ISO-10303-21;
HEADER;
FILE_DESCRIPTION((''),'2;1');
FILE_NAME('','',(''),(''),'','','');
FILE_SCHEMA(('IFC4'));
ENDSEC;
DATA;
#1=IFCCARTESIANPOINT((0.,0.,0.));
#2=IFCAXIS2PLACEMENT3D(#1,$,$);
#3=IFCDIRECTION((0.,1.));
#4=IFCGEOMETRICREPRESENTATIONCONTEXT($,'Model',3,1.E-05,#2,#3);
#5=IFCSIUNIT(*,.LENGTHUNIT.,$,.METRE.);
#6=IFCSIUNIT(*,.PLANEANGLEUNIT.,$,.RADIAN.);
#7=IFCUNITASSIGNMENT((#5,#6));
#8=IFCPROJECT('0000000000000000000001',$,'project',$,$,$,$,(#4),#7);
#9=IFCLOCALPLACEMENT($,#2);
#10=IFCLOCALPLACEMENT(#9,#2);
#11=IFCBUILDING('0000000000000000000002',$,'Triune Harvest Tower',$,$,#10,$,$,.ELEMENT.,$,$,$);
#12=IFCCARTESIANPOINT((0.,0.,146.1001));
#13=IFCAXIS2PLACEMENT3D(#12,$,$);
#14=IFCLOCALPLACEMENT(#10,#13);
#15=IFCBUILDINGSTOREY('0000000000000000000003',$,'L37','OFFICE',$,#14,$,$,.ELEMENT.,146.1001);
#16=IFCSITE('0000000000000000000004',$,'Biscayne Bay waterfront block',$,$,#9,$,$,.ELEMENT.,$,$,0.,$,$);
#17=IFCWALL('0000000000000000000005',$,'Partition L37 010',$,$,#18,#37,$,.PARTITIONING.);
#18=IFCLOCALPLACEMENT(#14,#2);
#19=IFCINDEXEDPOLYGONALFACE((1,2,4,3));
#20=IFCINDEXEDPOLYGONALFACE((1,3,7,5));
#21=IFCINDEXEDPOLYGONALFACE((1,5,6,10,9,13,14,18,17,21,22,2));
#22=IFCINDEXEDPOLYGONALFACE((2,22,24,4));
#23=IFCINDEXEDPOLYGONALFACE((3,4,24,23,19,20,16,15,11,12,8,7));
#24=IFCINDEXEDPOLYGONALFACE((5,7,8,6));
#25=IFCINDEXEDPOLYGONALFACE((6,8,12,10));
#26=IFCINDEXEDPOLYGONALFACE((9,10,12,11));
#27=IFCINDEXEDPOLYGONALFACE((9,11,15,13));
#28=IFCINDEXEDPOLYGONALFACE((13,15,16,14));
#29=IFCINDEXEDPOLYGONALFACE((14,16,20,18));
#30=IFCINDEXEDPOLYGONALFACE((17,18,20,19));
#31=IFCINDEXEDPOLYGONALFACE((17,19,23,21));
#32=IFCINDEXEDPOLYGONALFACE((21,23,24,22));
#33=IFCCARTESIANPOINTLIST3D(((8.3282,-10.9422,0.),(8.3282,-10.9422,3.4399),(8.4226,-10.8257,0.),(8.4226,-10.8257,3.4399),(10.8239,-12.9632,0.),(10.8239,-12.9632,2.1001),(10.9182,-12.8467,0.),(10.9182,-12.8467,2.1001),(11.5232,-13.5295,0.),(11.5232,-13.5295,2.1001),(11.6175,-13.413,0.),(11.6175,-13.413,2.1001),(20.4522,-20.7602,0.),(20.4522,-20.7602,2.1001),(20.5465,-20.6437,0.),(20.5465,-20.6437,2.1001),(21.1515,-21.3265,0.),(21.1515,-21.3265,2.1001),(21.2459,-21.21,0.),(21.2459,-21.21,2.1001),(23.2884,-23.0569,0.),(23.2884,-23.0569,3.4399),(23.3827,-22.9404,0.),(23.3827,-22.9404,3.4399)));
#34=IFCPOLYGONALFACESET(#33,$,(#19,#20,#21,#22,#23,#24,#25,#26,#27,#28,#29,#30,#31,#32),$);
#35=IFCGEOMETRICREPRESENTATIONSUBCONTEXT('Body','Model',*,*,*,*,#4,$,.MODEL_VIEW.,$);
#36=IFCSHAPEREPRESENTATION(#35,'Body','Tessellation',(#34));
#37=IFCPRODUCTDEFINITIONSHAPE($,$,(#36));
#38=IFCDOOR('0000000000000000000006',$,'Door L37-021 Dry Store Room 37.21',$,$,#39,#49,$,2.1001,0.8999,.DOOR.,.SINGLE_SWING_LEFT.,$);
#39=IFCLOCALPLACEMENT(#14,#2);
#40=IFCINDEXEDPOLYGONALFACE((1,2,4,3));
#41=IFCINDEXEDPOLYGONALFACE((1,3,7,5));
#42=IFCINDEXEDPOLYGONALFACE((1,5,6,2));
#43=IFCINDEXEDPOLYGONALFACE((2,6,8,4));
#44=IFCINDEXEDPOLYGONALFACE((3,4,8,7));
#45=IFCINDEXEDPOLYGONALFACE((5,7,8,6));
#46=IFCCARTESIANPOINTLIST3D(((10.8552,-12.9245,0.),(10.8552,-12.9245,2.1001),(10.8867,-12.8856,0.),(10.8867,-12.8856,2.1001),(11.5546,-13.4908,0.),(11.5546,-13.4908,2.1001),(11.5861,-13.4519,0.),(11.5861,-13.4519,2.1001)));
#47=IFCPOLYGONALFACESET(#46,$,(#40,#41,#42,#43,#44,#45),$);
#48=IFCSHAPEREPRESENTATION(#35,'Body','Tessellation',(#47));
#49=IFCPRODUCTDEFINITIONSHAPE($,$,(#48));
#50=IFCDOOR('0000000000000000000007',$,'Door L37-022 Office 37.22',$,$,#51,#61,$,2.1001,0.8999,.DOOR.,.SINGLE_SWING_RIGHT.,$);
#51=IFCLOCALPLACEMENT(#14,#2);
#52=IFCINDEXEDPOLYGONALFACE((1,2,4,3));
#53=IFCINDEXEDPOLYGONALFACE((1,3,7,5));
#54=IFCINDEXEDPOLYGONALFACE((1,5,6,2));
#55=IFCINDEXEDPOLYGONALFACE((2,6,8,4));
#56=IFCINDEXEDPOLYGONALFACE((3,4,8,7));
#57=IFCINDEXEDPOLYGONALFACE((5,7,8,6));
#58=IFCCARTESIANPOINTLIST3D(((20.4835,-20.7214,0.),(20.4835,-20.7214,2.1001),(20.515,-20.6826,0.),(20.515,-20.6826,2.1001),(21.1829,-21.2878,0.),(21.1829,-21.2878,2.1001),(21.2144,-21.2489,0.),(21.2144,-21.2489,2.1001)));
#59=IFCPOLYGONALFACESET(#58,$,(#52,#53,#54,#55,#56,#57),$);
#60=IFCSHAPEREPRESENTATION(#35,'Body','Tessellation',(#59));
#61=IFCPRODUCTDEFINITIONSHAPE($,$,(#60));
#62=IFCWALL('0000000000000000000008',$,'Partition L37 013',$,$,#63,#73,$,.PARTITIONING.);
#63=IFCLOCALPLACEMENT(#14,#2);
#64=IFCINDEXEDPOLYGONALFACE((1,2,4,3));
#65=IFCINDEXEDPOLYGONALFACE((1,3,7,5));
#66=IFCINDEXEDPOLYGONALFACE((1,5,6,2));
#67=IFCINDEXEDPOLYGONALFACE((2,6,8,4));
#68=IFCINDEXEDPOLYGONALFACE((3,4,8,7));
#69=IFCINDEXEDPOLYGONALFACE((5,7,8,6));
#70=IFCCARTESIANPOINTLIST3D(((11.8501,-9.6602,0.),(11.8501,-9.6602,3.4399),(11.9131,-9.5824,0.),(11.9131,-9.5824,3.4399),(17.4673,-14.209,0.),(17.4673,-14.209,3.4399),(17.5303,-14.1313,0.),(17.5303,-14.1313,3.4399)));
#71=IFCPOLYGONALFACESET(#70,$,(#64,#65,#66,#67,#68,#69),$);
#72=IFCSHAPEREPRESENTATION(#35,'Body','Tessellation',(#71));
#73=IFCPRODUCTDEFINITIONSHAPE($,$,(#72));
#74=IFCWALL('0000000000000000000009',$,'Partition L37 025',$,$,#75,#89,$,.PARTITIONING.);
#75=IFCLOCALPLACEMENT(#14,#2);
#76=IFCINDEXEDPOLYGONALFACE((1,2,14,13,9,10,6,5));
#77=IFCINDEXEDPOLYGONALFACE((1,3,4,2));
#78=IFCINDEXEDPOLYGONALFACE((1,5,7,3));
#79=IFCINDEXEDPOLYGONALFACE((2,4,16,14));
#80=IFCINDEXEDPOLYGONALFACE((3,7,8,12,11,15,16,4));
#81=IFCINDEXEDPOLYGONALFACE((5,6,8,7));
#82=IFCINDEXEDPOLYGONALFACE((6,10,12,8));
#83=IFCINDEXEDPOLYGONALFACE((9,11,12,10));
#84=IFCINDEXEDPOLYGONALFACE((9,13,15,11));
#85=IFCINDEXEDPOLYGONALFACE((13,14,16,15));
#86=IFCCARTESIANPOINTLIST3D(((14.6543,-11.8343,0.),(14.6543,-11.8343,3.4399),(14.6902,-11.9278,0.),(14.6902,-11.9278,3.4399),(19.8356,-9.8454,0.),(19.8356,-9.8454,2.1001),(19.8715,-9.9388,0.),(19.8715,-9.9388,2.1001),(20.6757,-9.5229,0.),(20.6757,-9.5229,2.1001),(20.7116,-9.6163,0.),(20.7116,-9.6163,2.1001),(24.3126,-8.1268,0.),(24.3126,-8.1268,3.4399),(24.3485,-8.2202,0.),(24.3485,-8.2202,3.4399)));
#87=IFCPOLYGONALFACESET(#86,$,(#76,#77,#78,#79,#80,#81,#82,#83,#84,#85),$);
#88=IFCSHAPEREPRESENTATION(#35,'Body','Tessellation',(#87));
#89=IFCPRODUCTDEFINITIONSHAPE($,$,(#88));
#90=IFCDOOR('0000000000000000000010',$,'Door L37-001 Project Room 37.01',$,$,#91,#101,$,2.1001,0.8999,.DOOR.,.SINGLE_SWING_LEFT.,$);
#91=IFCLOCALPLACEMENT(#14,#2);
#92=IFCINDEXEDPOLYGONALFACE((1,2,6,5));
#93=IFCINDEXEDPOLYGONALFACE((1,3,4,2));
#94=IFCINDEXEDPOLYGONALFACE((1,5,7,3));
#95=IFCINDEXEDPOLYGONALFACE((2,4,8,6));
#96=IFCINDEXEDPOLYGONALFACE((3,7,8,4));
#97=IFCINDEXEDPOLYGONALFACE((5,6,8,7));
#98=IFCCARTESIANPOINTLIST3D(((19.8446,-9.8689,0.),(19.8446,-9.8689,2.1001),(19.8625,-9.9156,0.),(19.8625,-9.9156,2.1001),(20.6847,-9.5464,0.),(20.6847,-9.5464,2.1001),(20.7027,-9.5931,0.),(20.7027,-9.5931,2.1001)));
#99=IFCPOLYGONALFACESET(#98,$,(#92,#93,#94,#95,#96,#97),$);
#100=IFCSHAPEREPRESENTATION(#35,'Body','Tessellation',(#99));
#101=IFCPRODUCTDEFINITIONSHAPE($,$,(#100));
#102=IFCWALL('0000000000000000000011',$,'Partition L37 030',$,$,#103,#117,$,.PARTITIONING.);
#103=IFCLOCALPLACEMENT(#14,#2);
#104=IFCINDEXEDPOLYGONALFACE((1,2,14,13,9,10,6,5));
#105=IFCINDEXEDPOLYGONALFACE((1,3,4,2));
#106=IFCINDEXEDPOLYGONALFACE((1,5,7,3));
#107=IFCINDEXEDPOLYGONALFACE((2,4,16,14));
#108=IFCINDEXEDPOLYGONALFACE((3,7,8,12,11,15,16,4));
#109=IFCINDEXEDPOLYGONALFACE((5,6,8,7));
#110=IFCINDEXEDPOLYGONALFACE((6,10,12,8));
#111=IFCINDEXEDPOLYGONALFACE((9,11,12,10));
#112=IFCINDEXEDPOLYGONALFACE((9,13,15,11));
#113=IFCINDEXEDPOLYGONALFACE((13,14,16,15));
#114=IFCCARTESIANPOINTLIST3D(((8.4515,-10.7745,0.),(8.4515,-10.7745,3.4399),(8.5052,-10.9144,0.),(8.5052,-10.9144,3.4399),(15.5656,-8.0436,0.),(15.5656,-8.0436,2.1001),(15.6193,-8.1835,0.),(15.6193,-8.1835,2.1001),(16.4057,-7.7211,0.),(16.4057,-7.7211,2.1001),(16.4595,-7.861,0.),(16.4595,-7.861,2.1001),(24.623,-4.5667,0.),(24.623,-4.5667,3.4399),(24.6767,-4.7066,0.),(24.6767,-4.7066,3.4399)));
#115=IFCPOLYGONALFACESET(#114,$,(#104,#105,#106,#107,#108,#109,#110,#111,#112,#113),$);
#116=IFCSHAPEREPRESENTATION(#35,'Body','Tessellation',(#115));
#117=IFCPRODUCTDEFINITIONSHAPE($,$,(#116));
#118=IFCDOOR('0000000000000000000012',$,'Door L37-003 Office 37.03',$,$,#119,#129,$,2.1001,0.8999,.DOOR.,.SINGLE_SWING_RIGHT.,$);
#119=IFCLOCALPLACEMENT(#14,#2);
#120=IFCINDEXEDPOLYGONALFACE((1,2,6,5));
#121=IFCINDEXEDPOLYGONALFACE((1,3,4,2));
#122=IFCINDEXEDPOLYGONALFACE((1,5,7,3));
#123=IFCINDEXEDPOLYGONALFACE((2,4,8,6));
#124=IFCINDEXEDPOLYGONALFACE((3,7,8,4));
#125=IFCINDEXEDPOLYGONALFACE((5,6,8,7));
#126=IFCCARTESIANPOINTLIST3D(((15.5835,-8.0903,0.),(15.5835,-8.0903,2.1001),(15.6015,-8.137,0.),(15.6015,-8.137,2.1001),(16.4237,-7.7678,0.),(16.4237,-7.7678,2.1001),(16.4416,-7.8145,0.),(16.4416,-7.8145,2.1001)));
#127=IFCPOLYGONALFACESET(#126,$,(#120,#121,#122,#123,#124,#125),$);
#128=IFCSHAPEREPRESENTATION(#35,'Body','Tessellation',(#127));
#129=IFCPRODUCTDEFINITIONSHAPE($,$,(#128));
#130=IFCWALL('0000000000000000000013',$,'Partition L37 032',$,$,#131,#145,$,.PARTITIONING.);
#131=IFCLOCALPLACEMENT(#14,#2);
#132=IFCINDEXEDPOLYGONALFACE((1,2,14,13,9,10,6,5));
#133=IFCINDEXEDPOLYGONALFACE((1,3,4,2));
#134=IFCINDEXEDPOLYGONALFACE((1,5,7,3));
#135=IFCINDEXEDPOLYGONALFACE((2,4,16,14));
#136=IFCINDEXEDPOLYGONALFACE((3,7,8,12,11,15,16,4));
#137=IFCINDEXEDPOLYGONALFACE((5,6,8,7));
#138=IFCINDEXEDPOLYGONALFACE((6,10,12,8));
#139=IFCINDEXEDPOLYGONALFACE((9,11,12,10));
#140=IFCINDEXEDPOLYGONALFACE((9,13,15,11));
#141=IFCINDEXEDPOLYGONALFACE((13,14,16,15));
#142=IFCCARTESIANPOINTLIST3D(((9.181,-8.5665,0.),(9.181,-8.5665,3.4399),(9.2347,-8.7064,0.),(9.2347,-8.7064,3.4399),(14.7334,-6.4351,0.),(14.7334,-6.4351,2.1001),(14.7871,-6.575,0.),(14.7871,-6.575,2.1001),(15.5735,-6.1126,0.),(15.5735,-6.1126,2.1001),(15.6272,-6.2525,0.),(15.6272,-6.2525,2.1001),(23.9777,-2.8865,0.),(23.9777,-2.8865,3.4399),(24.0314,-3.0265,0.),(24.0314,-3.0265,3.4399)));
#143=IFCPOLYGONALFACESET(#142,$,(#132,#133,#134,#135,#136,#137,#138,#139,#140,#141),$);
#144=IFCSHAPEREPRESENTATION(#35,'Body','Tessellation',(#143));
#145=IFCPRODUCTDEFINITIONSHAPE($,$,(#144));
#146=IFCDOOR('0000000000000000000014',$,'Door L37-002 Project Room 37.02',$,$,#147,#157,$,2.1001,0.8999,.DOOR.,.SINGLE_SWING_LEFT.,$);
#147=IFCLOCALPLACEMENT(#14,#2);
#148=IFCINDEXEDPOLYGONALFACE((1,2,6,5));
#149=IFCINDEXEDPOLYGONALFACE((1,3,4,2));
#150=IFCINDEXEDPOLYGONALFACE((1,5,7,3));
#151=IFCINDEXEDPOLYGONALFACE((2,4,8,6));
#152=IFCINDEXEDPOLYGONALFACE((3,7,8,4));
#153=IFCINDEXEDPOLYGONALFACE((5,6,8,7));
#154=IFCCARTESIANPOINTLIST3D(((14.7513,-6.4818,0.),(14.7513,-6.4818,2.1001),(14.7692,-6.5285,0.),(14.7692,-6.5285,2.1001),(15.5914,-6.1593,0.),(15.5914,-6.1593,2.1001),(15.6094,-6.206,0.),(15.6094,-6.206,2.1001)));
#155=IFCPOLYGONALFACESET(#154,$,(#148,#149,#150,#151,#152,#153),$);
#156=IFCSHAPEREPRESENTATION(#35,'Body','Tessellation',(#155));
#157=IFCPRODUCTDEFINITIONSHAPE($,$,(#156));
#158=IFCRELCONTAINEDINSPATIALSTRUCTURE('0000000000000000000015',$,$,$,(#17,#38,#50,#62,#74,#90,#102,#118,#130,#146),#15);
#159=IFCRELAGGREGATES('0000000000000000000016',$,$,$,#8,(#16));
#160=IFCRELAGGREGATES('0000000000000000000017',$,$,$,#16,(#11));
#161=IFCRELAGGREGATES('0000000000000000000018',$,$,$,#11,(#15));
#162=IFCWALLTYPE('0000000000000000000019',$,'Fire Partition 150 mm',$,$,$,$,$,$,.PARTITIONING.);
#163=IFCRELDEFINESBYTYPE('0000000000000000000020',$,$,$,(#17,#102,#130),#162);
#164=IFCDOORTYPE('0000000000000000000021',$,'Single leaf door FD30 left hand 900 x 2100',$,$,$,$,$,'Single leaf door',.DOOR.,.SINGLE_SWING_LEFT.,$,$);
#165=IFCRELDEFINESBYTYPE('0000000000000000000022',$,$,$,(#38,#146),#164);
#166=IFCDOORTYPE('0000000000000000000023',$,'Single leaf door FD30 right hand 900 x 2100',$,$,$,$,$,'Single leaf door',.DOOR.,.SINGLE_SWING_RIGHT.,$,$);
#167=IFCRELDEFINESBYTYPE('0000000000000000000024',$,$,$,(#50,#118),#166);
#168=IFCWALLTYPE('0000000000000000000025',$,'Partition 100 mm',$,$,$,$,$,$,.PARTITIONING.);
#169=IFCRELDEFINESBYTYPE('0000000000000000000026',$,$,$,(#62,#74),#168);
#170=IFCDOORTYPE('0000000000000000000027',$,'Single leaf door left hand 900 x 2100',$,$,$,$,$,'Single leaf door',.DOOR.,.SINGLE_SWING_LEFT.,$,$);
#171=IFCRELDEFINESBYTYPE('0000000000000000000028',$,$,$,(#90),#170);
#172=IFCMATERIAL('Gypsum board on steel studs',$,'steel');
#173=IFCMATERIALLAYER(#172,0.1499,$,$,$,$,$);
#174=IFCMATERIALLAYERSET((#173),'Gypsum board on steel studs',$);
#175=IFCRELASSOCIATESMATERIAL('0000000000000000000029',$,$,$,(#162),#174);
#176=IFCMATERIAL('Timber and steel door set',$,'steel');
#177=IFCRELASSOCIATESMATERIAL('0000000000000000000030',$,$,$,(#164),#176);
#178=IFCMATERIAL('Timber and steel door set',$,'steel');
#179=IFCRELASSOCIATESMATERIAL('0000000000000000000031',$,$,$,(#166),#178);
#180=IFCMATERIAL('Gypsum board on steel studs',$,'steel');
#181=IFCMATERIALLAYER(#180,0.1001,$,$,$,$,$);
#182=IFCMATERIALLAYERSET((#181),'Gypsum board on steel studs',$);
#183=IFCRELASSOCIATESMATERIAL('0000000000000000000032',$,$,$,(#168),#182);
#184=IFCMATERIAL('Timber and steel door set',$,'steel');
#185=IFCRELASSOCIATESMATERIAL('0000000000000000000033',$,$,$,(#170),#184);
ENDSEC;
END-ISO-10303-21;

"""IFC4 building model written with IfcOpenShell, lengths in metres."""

from ifc_helpers import new_model, si_unit, direction, frame, frame_2d, origin, place, context, subcontext, project, spatial, rectangle, extrude, source, transform, mapped, material, layer, layer_set, type_object, element, fill, save


model = new_model("IFC4")

# Units and contexts
model_context = context("Model", 3, precision=1e-05, world=origin(), true_north=direction((0.0, 1.0)))
body_context = subcontext(model_context, "Body", "Model", "MODEL_VIEW")
ifc_project = project(units=[si_unit("LENGTHUNIT", "METRE"), si_unit("PLANEANGLEUNIT", "RADIAN")], contexts=[model_context])

# Site, building, storey
site_placement = place(None, origin())
site = spatial("IfcSite", under=ifc_project, at=site_placement, Name="Biscayne Bay waterfront block", CompositionType="ELEMENT", RefElevation=0.0)
building_placement = place(site_placement, origin())
building = spatial("IfcBuilding", under=site, at=building_placement, Name="Triune Harvest Tower", CompositionType="ELEMENT")
storey_placement = place(building_placement, frame((0.0, 0.0, 146.1001)))
storey = spatial("IfcBuildingStorey", under=building, at=storey_placement, Name="L37", Description="OFFICE", CompositionType="ELEMENT", Elevation=146.1001)

# Shared definitions
ifc_material_1 = material(Name="Gypsum board on steel studs", Category="steel")
ifc_layer_1 = layer(ifc_material_1, 0.1499)
ifc_layer_set_1 = layer_set([ifc_layer_1], Name="Gypsum board on steel studs")
wall_type_1 = type_object("IfcWallType", Name="Fire Partition 150 mm", PredefinedType="PARTITIONING", material=ifc_layer_set_1)
ifc_material_2 = material(Name="Timber and steel door set", Category="steel")
door_type_1 = type_object("IfcDoorType", Name="Single leaf door FD30 left hand 900 x 2100", ElementType="Single leaf door", OperationType="SINGLE_SWING_LEFT", PredefinedType="DOOR", material=ifc_material_2)

# Wall, openings, doors
shared_shape_1 = source(origin(), body_context, "Body", "SweptSolid", [
    extrude(rectangle(XDim=19.2502, YDim=0.1499, at=frame_2d((9.625, 0.0))), origin(), (0.0, 0.0, 1.0), 3.4399),
])
wall_1_placement = place(storey_placement, frame((8.3755, -10.884, 0.0), z_axis=(0.0, 0.0, 1.0), x_axis=(0.777141, -0.629327, 0.0)))
wall_1 = element("IfcWall", 1, at=wall_1_placement, inside=storey, type_object=wall_type_1, Name="Partition L37 010", PredefinedType="PARTITIONING", context=body_context, shape_type="MappedRepresentation", body=[
    mapped(shared_shape_1, transform((0.0, 0.0, 0.0), scale=1.0)),
])
opening_1_placement = place(wall_1_placement, frame((3.2112, 0.0, 0.0)))
opening_1 = element("IfcOpeningElement", 2, at=opening_1_placement, cuts=wall_1, PredefinedType="OPENING", context=body_context, shape_type="SweptSolid", body=[
    extrude(rectangle(XDim=0.8999, YDim=2.1001, at=frame_2d((0.45, 1.05))), frame((0.0, 0.085, 0.0), z_axis=(0.0, -1.0, 0.0), x_axis=(1.0, 0.0, 0.0)), (0.0, 0.0, 1.0), 0.1699),
])
opening_2_placement = place(wall_1_placement, frame((15.6006, 0.0, 0.0)))
opening_2 = element("IfcOpeningElement", 3, at=opening_2_placement, cuts=wall_1, PredefinedType="OPENING", context=body_context, shape_type="SweptSolid", body=[
    extrude(rectangle(XDim=0.8999, YDim=2.1001, at=frame_2d((0.45, 1.05))), frame((0.0, 0.085, 0.0), z_axis=(0.0, -1.0, 0.0), x_axis=(1.0, 0.0, 0.0)), (0.0, 0.0, 1.0), 0.1699),
])
door_1_placement = place(opening_1_placement, origin())
door_1 = element("IfcDoor", 4, at=door_1_placement, inside=storey, type_object=door_type_1, Name="Door L37-021 Dry Store Room 37.21", OperationType="SINGLE_SWING_LEFT", OverallHeight=2.1001, OverallWidth=0.8999, PredefinedType="DOOR", context=body_context, shape_type="SweptSolid", body=[
    extrude(rectangle(XDim=0.8999, YDim=2.1001, at=frame_2d((0.45, 1.05))), frame((0.0, 0.0249, 0.0), z_axis=(0.0, -1.0, 0.0), x_axis=(1.0, 0.0, 0.0)), (0.0, 0.0, 1.0), 0.05),
])
fill(opening_1, door_1)
ifc_material_3 = material(Name="Timber and steel door set", Category="steel")
door_type_2 = type_object("IfcDoorType", Name="Single leaf door FD30 right hand 900 x 2100", ElementType="Single leaf door", OperationType="SINGLE_SWING_RIGHT", PredefinedType="DOOR", material=ifc_material_3)
door_2_placement = place(opening_2_placement, origin())
door_2 = element("IfcDoor", 5, at=door_2_placement, inside=storey, type_object=door_type_2, Name="Door L37-022 Office 37.22", OperationType="SINGLE_SWING_RIGHT", OverallHeight=2.1001, OverallWidth=0.8999, PredefinedType="DOOR", context=body_context, shape_type="SweptSolid", body=[
    extrude(rectangle(XDim=0.8999, YDim=2.1001, at=frame_2d((0.45, 1.05))), frame((0.0, 0.0249, 0.0), z_axis=(0.0, -1.0, 0.0), x_axis=(1.0, 0.0, 0.0)), (0.0, 0.0, 1.0), 0.05),
])
fill(opening_2, door_2)

# Wall
ifc_material_4 = material(Name="Gypsum board on steel studs", Category="steel")
ifc_layer_2 = layer(ifc_material_4, 0.1001)
ifc_layer_set_2 = layer_set([ifc_layer_2], Name="Gypsum board on steel studs")
wall_type_2 = type_object("IfcWallType", Name="Partition 100 mm", PredefinedType="PARTITIONING", material=ifc_layer_set_2)
shared_shape_2 = source(origin(), body_context, "Body", "SweptSolid", [
    extrude(rectangle(XDim=7.228, YDim=0.1001, at=frame_2d((3.614, 0.0))), origin(), (0.0, 0.0, 1.0), 3.4399),
])
wall_2_placement = place(storey_placement, frame((11.8816, -9.6213, 0.0), z_axis=(0.0, 0.0, 1.0), x_axis=(0.777138, -0.62933, 0.0)))
element("IfcWall", 6, at=wall_2_placement, inside=storey, type_object=wall_type_2, Name="Partition L37 013", PredefinedType="PARTITIONING", context=body_context, shape_type="MappedRepresentation", body=[
    mapped(shared_shape_2, transform((0.0, 0.0, 0.0), scale=1.0)),
])

# Walls, openings, doors
shared_shape_3 = source(origin(), body_context, "Body", "SweptSolid", [
    extrude(rectangle(XDim=10.3455, YDim=0.1001, at=frame_2d((5.1729, 0.0))), origin(), (0.0, 0.0, 1.0), 3.4399),
])
wall_3_placement = place(storey_placement, frame((14.6721, -11.8811, 0.0), z_axis=(0.0, 0.0, 1.0), x_axis=(0.933578, 0.358375, 0.0)))
wall_3 = element("IfcWall", 7, at=wall_3_placement, inside=storey, type_object=wall_type_2, Name="Partition L37 025", PredefinedType="PARTITIONING", context=body_context, shape_type="MappedRepresentation", body=[
    mapped(shared_shape_3, transform((0.0, 0.0, 0.0), scale=1.0)),
])
opening_3_placement = place(wall_3_placement, frame((5.55, 0.0, 0.0)))
opening_3 = element("IfcOpeningElement", 8, at=opening_3_placement, cuts=wall_3, PredefinedType="OPENING", context=body_context, shape_type="SweptSolid", body=[
    extrude(rectangle(XDim=0.8999, YDim=2.1001, at=frame_2d((0.45, 1.05))), frame((0.0, 0.0601, 0.0), z_axis=(0.0, -1.0, 0.0), x_axis=(1.0, 0.0, 0.0)), (0.0, 0.0, 1.0), 0.1201),
])
ifc_material_5 = material(Name="Timber and steel door set", Category="steel")
door_type_3 = type_object("IfcDoorType", Name="Single leaf door left hand 900 x 2100", ElementType="Single leaf door", OperationType="SINGLE_SWING_LEFT", PredefinedType="DOOR", material=ifc_material_5)
door_3_placement = place(opening_3_placement, origin())
door_3 = element("IfcDoor", 9, at=door_3_placement, inside=storey, type_object=door_type_3, Name="Door L37-001 Project Room 37.01", OperationType="SINGLE_SWING_LEFT", OverallHeight=2.1001, OverallWidth=0.8999, PredefinedType="DOOR", context=body_context, shape_type="SweptSolid", body=[
    extrude(rectangle(XDim=0.8999, YDim=2.1001, at=frame_2d((0.45, 1.05))), frame((0.0, 0.0249, 0.0), z_axis=(0.0, -1.0, 0.0), x_axis=(1.0, 0.0, 0.0)), (0.0, 0.0, 1.0), 0.05),
])
fill(opening_3, door_3)
shared_shape_4 = source(origin(), body_context, "Body", "SweptSolid", [
    extrude(rectangle(XDim=17.322, YDim=0.1499, at=frame_2d((8.6611, 0.0))), origin(), (0.0, 0.0, 1.0), 3.4399),
])
wall_4_placement = place(storey_placement, frame((8.4783, -10.8445, 0.0), z_axis=(0.0, 0.0, 1.0), x_axis=(0.933578, 0.358375, 0.0)))
wall_4 = element("IfcWall", 10, at=wall_4_placement, inside=storey, type_object=wall_type_1, Name="Partition L37 030", PredefinedType="PARTITIONING", context=body_context, shape_type="MappedRepresentation", body=[
    mapped(shared_shape_4, transform((0.0, 0.0, 0.0), scale=1.0)),
])
opening_4_placement = place(wall_4_placement, frame((7.6204, 0.0, 0.0)))
opening_4 = element("IfcOpeningElement", 11, at=opening_4_placement, cuts=wall_4, PredefinedType="OPENING", context=body_context, shape_type="SweptSolid", body=[
    extrude(rectangle(XDim=0.8999, YDim=2.1001, at=frame_2d((0.45, 1.05))), frame((0.0, 0.085, 0.0), z_axis=(0.0, -1.0, 0.0), x_axis=(1.0, 0.0, 0.0)), (0.0, 0.0, 1.0), 0.1699),
])
door_4_placement = place(opening_4_placement, origin())
door_4 = element("IfcDoor", 12, at=door_4_placement, inside=storey, type_object=door_type_2, Name="Door L37-003 Office 37.03", OperationType="SINGLE_SWING_RIGHT", OverallHeight=2.1001, OverallWidth=0.8999, PredefinedType="DOOR", context=body_context, shape_type="SweptSolid", body=[
    extrude(rectangle(XDim=0.8999, YDim=2.1001, at=frame_2d((0.45, 1.05))), frame((0.0, 0.0249, 0.0), z_axis=(0.0, -1.0, 0.0), x_axis=(1.0, 0.0, 0.0)), (0.0, 0.0, 1.0), 0.05),
])
fill(opening_4, door_4)
shared_shape_5 = source(origin(), body_context, "Body", "SweptSolid", [
    extrude(rectangle(XDim=15.8494, YDim=0.1499, at=frame_2d((7.9248, 0.0))), origin(), (0.0, 0.0, 1.0), 3.4399),
])
wall_5_placement = place(storey_placement, frame((9.2078, -8.6365, 0.0), z_axis=(0.0, 0.0, 1.0), x_axis=(0.93358, 0.35837, 0.0)))
wall_5 = element("IfcWall", 13, at=wall_5_placement, inside=storey, type_object=wall_type_1, Name="Partition L37 032", PredefinedType="PARTITIONING", context=body_context, shape_type="MappedRepresentation", body=[
    mapped(shared_shape_5, transform((0.0, 0.0, 0.0), scale=1.0)),
])
opening_5_placement = place(wall_5_placement, frame((5.9475, 0.0, 0.0)))
opening_5 = element("IfcOpeningElement", 14, at=opening_5_placement, cuts=wall_5, PredefinedType="OPENING", context=body_context, shape_type="SweptSolid", body=[
    extrude(rectangle(XDim=0.8999, YDim=2.1001, at=frame_2d((0.45, 1.05))), frame((0.0, 0.085, 0.0), z_axis=(0.0, -1.0, 0.0), x_axis=(1.0, 0.0, 0.0)), (0.0, 0.0, 1.0), 0.1699),
])
door_5_placement = place(opening_5_placement, origin())
door_5 = element("IfcDoor", 15, at=door_5_placement, inside=storey, type_object=door_type_1, Name="Door L37-002 Project Room 37.02", OperationType="SINGLE_SWING_LEFT", OverallHeight=2.1001, OverallWidth=0.8999, PredefinedType="DOOR", context=body_context, shape_type="SweptSolid", body=[
    extrude(rectangle(XDim=0.8999, YDim=2.1001, at=frame_2d((0.45, 1.05))), frame((0.0, 0.0249, 0.0), z_axis=(0.0, -1.0, 0.0), x_axis=(1.0, 0.0, 0.0)), (0.0, 0.0, 1.0), 0.05),
])
fill(opening_5, door_5)

save(model, "model.ifc")
